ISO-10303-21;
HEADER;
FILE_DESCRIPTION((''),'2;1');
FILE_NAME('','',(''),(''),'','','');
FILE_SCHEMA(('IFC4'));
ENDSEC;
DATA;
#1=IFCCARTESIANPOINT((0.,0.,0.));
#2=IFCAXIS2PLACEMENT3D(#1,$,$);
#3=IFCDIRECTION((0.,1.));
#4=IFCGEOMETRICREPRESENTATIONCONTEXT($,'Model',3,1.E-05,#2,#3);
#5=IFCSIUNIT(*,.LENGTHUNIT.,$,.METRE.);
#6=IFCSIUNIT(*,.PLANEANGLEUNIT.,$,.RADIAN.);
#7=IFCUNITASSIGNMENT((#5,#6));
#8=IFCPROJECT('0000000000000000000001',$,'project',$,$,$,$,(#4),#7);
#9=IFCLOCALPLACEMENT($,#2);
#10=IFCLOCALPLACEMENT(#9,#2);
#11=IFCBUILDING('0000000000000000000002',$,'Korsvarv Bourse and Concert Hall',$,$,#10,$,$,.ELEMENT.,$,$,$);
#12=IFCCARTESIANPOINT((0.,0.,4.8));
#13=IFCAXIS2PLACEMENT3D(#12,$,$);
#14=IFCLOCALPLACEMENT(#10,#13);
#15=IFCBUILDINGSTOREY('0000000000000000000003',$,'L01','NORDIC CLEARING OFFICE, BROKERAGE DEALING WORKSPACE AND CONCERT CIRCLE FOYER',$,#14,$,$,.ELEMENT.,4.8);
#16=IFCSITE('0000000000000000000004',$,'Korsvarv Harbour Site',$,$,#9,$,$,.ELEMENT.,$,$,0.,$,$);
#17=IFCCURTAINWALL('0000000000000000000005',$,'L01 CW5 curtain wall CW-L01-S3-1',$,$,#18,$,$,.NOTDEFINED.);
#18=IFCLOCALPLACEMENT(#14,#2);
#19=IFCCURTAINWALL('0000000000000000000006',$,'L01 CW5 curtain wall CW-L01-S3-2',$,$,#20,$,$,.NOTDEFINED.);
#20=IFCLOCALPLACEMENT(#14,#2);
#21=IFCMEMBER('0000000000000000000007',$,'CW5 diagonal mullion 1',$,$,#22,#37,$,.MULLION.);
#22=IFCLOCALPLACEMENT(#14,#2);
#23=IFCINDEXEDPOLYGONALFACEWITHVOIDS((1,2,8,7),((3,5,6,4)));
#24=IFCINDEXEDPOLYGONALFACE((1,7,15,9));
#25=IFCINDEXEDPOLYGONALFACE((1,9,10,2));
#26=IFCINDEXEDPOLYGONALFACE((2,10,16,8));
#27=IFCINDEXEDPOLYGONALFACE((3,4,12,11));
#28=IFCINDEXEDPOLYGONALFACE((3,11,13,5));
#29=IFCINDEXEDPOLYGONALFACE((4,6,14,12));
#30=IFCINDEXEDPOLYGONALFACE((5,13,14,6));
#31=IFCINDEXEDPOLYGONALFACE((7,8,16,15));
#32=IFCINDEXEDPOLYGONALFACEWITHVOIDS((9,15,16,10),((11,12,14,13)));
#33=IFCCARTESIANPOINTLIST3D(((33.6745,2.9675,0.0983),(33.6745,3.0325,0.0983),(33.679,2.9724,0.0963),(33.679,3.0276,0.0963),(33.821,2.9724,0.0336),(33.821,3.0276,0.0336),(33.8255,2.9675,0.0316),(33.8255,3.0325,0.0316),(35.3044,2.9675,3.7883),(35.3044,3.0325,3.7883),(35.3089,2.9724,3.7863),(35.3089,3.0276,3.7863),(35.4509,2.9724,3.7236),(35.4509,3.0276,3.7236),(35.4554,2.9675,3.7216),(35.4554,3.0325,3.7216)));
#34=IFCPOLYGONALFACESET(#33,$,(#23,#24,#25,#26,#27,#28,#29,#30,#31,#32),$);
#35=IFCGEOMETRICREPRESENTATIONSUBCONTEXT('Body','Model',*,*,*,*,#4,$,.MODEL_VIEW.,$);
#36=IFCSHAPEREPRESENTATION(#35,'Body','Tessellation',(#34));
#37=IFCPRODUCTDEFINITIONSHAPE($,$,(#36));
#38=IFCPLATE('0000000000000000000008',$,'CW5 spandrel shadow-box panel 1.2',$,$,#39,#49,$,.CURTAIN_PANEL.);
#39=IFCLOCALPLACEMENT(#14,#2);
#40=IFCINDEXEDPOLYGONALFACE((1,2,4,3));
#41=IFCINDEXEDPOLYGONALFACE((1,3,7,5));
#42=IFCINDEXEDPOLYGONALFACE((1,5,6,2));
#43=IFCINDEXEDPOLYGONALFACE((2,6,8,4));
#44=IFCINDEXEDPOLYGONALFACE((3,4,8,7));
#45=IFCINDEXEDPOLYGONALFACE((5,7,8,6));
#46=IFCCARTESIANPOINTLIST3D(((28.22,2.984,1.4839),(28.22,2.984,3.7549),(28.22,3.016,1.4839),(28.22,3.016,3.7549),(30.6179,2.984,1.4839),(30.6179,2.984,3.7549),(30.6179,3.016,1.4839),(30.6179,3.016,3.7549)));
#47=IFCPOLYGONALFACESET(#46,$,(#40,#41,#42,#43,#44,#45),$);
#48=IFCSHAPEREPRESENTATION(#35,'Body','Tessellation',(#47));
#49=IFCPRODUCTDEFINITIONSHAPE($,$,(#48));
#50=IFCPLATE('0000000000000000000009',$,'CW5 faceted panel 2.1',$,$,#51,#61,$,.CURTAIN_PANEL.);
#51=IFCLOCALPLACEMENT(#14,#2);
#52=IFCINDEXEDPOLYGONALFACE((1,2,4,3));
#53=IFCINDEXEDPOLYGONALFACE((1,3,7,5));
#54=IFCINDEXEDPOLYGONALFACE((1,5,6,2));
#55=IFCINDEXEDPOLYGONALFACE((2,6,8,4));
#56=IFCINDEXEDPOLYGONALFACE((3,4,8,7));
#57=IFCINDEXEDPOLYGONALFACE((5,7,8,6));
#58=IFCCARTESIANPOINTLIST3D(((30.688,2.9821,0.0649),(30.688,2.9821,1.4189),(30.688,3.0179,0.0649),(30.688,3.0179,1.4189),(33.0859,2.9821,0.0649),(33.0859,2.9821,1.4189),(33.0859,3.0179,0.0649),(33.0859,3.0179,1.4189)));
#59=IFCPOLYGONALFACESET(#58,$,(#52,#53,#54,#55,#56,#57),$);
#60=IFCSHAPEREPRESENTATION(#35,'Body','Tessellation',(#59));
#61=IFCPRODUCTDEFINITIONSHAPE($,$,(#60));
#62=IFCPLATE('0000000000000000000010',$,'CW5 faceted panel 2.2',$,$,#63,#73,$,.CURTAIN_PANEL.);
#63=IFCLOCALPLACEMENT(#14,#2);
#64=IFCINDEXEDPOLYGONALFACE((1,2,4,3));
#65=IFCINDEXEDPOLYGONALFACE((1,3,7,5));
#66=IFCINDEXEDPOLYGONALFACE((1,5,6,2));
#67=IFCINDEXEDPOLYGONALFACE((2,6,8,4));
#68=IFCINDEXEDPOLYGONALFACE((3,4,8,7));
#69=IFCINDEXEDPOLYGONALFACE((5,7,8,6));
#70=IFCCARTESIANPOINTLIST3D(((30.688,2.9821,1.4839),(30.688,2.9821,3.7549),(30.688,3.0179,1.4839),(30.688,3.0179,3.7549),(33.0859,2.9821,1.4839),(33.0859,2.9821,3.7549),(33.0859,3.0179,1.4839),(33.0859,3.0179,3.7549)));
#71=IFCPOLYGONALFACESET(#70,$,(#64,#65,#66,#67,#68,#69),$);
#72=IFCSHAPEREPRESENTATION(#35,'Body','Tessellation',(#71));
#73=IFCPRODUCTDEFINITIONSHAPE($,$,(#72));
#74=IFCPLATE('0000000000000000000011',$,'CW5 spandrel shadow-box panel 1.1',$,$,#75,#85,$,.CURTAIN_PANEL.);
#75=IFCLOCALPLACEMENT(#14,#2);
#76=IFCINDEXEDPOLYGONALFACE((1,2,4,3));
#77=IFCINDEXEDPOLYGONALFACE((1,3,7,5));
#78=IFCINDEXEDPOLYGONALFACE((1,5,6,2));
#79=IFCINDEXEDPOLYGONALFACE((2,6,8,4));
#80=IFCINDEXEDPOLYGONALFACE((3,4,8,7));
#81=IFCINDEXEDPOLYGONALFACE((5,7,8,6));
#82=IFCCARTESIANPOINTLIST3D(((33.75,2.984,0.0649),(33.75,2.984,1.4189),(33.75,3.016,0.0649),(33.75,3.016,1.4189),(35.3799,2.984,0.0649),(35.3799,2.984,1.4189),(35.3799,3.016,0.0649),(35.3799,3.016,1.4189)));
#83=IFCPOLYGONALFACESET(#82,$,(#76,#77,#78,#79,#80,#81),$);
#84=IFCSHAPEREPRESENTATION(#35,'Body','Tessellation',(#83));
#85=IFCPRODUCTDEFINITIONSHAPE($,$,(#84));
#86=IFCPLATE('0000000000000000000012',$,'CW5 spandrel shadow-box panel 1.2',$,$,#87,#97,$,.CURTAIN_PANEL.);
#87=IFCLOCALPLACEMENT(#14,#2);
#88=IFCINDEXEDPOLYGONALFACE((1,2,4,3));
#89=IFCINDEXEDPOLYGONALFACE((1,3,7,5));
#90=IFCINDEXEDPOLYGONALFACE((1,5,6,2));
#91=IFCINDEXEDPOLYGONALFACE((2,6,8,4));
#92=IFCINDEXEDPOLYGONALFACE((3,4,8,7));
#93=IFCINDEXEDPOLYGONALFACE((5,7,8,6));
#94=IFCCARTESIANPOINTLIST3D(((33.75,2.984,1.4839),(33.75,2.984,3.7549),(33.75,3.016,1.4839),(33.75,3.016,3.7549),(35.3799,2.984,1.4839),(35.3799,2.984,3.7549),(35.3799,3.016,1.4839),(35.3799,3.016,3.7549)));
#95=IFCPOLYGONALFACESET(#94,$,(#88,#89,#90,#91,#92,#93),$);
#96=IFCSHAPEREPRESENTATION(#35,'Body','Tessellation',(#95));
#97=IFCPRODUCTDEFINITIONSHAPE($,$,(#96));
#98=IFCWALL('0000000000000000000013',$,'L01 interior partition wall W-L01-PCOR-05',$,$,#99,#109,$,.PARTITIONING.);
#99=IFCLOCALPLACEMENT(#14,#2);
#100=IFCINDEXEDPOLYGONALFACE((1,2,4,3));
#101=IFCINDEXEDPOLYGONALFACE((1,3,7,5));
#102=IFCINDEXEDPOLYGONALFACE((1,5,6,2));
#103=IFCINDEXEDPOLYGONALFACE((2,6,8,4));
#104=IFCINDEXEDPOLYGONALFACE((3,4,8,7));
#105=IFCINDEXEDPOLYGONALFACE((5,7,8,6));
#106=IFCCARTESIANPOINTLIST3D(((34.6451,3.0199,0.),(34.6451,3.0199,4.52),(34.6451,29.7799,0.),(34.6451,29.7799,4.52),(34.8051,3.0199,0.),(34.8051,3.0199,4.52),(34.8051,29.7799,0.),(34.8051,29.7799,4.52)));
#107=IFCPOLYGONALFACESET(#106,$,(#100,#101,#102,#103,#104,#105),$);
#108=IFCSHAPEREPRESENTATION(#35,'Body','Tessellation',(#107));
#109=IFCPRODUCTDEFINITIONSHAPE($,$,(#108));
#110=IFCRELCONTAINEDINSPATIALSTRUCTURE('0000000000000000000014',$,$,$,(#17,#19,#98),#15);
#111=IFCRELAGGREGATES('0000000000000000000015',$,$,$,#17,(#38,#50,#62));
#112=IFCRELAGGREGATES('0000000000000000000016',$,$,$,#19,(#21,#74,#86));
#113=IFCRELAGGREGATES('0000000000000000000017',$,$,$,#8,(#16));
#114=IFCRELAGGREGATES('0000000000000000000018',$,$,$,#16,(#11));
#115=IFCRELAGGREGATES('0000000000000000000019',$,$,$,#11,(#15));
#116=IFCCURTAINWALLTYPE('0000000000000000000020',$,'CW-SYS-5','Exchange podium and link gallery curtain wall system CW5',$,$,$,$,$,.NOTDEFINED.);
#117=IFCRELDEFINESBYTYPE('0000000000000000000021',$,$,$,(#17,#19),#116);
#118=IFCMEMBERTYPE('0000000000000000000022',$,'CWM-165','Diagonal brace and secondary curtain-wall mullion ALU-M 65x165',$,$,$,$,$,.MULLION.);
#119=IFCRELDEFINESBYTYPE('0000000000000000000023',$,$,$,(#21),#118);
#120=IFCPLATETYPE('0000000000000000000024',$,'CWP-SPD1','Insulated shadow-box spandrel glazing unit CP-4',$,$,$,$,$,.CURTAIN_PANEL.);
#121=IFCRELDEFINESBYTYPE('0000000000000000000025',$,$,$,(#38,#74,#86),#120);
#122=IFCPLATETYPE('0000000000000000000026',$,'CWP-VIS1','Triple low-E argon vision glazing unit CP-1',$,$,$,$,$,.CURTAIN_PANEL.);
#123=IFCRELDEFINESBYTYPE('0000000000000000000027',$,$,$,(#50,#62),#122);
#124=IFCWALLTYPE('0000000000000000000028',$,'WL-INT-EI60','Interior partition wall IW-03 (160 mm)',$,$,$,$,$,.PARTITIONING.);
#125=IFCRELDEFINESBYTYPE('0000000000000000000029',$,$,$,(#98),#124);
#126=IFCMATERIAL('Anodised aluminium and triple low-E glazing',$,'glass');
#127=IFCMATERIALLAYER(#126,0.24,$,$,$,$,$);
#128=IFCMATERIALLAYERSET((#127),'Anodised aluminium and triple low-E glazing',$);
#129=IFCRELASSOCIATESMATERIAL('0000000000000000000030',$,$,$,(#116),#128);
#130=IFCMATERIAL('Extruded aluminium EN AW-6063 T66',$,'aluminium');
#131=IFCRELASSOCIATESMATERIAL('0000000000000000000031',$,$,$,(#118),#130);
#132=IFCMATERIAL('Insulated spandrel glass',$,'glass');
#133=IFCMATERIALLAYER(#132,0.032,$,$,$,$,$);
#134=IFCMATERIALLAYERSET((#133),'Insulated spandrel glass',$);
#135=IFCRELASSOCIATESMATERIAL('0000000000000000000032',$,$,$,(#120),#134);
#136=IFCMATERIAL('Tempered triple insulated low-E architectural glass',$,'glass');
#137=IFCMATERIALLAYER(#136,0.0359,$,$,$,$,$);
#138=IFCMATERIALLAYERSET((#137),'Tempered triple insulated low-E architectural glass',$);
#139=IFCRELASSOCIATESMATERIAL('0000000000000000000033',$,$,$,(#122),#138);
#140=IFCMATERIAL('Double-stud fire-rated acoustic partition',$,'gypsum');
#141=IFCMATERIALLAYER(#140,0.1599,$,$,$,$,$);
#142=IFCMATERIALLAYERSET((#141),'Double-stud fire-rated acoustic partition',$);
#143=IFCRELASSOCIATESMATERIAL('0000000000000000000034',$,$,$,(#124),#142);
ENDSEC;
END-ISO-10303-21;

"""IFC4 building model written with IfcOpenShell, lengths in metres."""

from ifc_helpers import new_model, si_unit, direction, frame, frame_2d, origin, origin_2d, place, context, subcontext, project, spatial, rectangle, hollow_rectangle, extrude, source, transform, mapped, material, layer, layer_set, material_profile, profile_set, type_object, element, aggregate, save


model = new_model("IFC4")

# Units and contexts
model_context = context("Model", 3, precision=1e-05, world=origin(), true_north=direction((0.0, 1.0)))
body_context = subcontext(model_context, "Body", "Model", "MODEL_VIEW")
ifc_project = project(units=[si_unit("LENGTHUNIT", "METRE"), si_unit("PLANEANGLEUNIT", "RADIAN")], contexts=[model_context])

# Site, building, storey
site_placement = place(None, origin())
site = spatial("IfcSite", under=ifc_project, at=site_placement, Name="Korsvarv Harbour Site", CompositionType="ELEMENT", RefElevation=0.0)
building_placement = place(site_placement, origin())
building = spatial("IfcBuilding", under=site, at=building_placement, Name="Korsvarv Bourse and Concert Hall", CompositionType="ELEMENT")
storey_placement = place(building_placement, frame((0.0, 0.0, 4.8)))
storey = spatial("IfcBuildingStorey", under=building, at=storey_placement, Name="L01", Description="NORDIC CLEARING OFFICE, BROKERAGE DEALING WORKSPACE AND CONCERT CIRCLE FOYER", CompositionType="ELEMENT", Elevation=4.8)

# Curtain walls
ifc_material_1 = material(Name="Anodised aluminium and triple low-E glazing", Category="glass")
ifc_layer_1 = layer(ifc_material_1, 0.24)
ifc_layer_set_1 = layer_set([ifc_layer_1], Name="Anodised aluminium and triple low-E glazing")
curtain_wall_type = type_object("IfcCurtainWallType", Name="CW-SYS-5", Description="Exchange podium and link gallery curtain wall system CW5", PredefinedType="NOTDEFINED", material=ifc_layer_set_1)
curtain_wall_1_placement = place(storey_placement, origin())
curtain_wall_1 = element("IfcCurtainWall", 1, at=curtain_wall_1_placement, inside=storey, type_object=curtain_wall_type, Name="L01 CW5 curtain wall CW-L01-S3-1", PredefinedType="NOTDEFINED")
ifc_material_2 = material(Name="Extruded aluminium EN AW-6063 T66", Category="aluminium")
curtain_wall_2_placement = place(storey_placement, origin())
curtain_wall_2 = element("IfcCurtainWall", 2, at=curtain_wall_2_placement, inside=storey, type_object=curtain_wall_type, Name="L01 CW5 curtain wall CW-L01-S3-2", PredefinedType="NOTDEFINED")

# Member
ifc_material_profile_1 = material_profile(ifc_material_2, hollow_rectangle(XDim=0.0649, YDim=0.165, WallThickness=0.0049, at=origin_2d()), Name="ALU-M 65x165")
ifc_profile_set_1 = profile_set([ifc_material_profile_1], Name="Extruded aluminium EN AW-6063 T66")
member_type_1 = type_object("IfcMemberType", Name="CWM-165", Description="Diagonal brace and secondary curtain-wall mullion ALU-M 65x165", PredefinedType="MULLION", material=ifc_profile_set_1)
shared_shape_1 = source(origin(), body_context, "Body", "SweptSolid", [
    extrude(hollow_rectangle(XDim=0.0649, YDim=0.165, WallThickness=0.0049, at=origin_2d()), origin(), (0.0, 0.0, 1.0), 4.0339),
])
member_1_placement = place(storey_placement, frame((33.75, 3.0, 0.0649), z_axis=(0.404048, 0.0, 0.914738), x_axis=(0.0, 1.0, 0.0)))
member_1 = element("IfcMember", 3, at=member_1_placement, type_object=member_type_1, Name="CW5 diagonal mullion 1", PredefinedType="MULLION", context=body_context, shape_type="MappedRepresentation", body=[
    mapped(shared_shape_1, transform((0.0, 0.0, 0.0), scale=1.0)),
])

# Plates
ifc_material_3 = material(Name="Insulated spandrel glass", Category="glass")
ifc_layer_2 = layer(ifc_material_3, 0.032)
ifc_layer_set_2 = layer_set([ifc_layer_2], Name="Insulated spandrel glass")
plate_type_1 = type_object("IfcPlateType", Name="CWP-SPD1", Description="Insulated shadow-box spandrel glazing unit CP-4", PredefinedType="CURTAIN_PANEL", material=ifc_layer_set_2)
shared_shape_2 = source(origin(), body_context, "Body", "SweptSolid", [
    extrude(rectangle(XDim=2.3979, YDim=0.032, at=origin_2d()), origin(), (0.0, 0.0, 1.0), 2.271),
])
plate_1_placement = place(storey_placement, frame((29.4189, 3.0, 1.4839), z_axis=(0.0, 0.0, 1.0), x_axis=(1.0, 0.0, 0.0)))
plate_1 = element("IfcPlate", 4, at=plate_1_placement, type_object=plate_type_1, Name="CW5 spandrel shadow-box panel 1.2", PredefinedType="CURTAIN_PANEL", context=body_context, shape_type="MappedRepresentation", body=[
    mapped(shared_shape_2, transform((0.0, 0.0, 0.0), scale=1.0)),
])
ifc_material_4 = material(Name="Tempered triple insulated low-E architectural glass", Category="glass")
ifc_layer_3 = layer(ifc_material_4, 0.0359)
ifc_layer_set_3 = layer_set([ifc_layer_3], Name="Tempered triple insulated low-E architectural glass")
plate_type_2 = type_object("IfcPlateType", Name="CWP-VIS1", Description="Triple low-E argon vision glazing unit CP-1", PredefinedType="CURTAIN_PANEL", material=ifc_layer_set_3)
shared_shape_3 = source(origin(), body_context, "Body", "SweptSolid", [
    extrude(rectangle(XDim=2.3979, YDim=0.0359, at=origin_2d()), origin(), (0.0, 0.0, 1.0), 1.354),
])
plate_2_placement = place(storey_placement, frame((31.887, 3.0, 0.0649), z_axis=(0.0, 0.0, 1.0), x_axis=(1.0, 0.0, 0.0)))
plate_2 = element("IfcPlate", 5, at=plate_2_placement, type_object=plate_type_2, Name="CW5 faceted panel 2.1", PredefinedType="CURTAIN_PANEL", context=body_context, shape_type="MappedRepresentation", body=[
    mapped(shared_shape_3, transform((0.0, 0.0, 0.0), scale=1.0)),
])
shared_shape_4 = source(origin(), body_context, "Body", "SweptSolid", [
    extrude(rectangle(XDim=2.3979, YDim=0.0359, at=origin_2d()), origin(), (0.0, 0.0, 1.0), 2.271),
])
plate_3_placement = place(storey_placement, frame((31.887, 3.0, 1.4839), z_axis=(0.0, 0.0, 1.0), x_axis=(1.0, 0.0, 0.0)))
plate_3 = element("IfcPlate", 6, at=plate_3_placement, type_object=plate_type_2, Name="CW5 faceted panel 2.2", PredefinedType="CURTAIN_PANEL", context=body_context, shape_type="MappedRepresentation", body=[
    mapped(shared_shape_4, transform((0.0, 0.0, 0.0), scale=1.0)),
])
aggregate(curtain_wall_1, [plate_1, plate_2, plate_3])
shared_shape_5 = source(origin(), body_context, "Body", "SweptSolid", [
    extrude(rectangle(XDim=1.6299, YDim=0.032, at=origin_2d()), origin(), (0.0, 0.0, 1.0), 1.354),
])
plate_4_placement = place(storey_placement, frame((34.5649, 3.0, 0.0649), z_axis=(0.0, 0.0, 1.0), x_axis=(1.0, 0.0, 0.0)))
plate_4 = element("IfcPlate", 7, at=plate_4_placement, type_object=plate_type_1, Name="CW5 spandrel shadow-box panel 1.1", PredefinedType="CURTAIN_PANEL", context=body_context, shape_type="MappedRepresentation", body=[
    mapped(shared_shape_5, transform((0.0, 0.0, 0.0), scale=1.0)),
])
shared_shape_6 = source(origin(), body_context, "Body", "SweptSolid", [
    extrude(rectangle(XDim=1.6299, YDim=0.032, at=origin_2d()), origin(), (0.0, 0.0, 1.0), 2.271),
])
plate_5_placement = place(storey_placement, frame((34.5649, 3.0, 1.4839), z_axis=(0.0, 0.0, 1.0), x_axis=(1.0, 0.0, 0.0)))
plate_5 = element("IfcPlate", 8, at=plate_5_placement, type_object=plate_type_1, Name="CW5 spandrel shadow-box panel 1.2", PredefinedType="CURTAIN_PANEL", context=body_context, shape_type="MappedRepresentation", body=[
    mapped(shared_shape_6, transform((0.0, 0.0, 0.0), scale=1.0)),
])
aggregate(curtain_wall_2, [member_1, plate_4, plate_5])

# Wall
ifc_material_5 = material(Name="Double-stud fire-rated acoustic partition", Category="gypsum")
ifc_layer_4 = layer(ifc_material_5, 0.1599)
ifc_layer_set_4 = layer_set([ifc_layer_4], Name="Double-stud fire-rated acoustic partition")
wall_type = type_object("IfcWallType", Name="WL-INT-EI60", Description="Interior partition wall IW-03 (160 mm)", PredefinedType="PARTITIONING", material=ifc_layer_set_4)
wall_placement = place(storey_placement, frame((34.7251, 3.02, 0.0), z_axis=(0.0, 0.0, 1.0), x_axis=(0.0, 1.0, 0.0)))
element("IfcWall", 9, at=wall_placement, inside=storey, type_object=wall_type, Name="L01 interior partition wall W-L01-PCOR-05", PredefinedType="PARTITIONING", context=body_context, shape_type="SweptSolid", body=[
    extrude(rectangle(XDim=26.76, YDim=0.1599, at=frame_2d((13.3799, 0.0))), origin(), (0.0, 0.0, 1.0), 4.52),
])

save(model, "model.ifc")
